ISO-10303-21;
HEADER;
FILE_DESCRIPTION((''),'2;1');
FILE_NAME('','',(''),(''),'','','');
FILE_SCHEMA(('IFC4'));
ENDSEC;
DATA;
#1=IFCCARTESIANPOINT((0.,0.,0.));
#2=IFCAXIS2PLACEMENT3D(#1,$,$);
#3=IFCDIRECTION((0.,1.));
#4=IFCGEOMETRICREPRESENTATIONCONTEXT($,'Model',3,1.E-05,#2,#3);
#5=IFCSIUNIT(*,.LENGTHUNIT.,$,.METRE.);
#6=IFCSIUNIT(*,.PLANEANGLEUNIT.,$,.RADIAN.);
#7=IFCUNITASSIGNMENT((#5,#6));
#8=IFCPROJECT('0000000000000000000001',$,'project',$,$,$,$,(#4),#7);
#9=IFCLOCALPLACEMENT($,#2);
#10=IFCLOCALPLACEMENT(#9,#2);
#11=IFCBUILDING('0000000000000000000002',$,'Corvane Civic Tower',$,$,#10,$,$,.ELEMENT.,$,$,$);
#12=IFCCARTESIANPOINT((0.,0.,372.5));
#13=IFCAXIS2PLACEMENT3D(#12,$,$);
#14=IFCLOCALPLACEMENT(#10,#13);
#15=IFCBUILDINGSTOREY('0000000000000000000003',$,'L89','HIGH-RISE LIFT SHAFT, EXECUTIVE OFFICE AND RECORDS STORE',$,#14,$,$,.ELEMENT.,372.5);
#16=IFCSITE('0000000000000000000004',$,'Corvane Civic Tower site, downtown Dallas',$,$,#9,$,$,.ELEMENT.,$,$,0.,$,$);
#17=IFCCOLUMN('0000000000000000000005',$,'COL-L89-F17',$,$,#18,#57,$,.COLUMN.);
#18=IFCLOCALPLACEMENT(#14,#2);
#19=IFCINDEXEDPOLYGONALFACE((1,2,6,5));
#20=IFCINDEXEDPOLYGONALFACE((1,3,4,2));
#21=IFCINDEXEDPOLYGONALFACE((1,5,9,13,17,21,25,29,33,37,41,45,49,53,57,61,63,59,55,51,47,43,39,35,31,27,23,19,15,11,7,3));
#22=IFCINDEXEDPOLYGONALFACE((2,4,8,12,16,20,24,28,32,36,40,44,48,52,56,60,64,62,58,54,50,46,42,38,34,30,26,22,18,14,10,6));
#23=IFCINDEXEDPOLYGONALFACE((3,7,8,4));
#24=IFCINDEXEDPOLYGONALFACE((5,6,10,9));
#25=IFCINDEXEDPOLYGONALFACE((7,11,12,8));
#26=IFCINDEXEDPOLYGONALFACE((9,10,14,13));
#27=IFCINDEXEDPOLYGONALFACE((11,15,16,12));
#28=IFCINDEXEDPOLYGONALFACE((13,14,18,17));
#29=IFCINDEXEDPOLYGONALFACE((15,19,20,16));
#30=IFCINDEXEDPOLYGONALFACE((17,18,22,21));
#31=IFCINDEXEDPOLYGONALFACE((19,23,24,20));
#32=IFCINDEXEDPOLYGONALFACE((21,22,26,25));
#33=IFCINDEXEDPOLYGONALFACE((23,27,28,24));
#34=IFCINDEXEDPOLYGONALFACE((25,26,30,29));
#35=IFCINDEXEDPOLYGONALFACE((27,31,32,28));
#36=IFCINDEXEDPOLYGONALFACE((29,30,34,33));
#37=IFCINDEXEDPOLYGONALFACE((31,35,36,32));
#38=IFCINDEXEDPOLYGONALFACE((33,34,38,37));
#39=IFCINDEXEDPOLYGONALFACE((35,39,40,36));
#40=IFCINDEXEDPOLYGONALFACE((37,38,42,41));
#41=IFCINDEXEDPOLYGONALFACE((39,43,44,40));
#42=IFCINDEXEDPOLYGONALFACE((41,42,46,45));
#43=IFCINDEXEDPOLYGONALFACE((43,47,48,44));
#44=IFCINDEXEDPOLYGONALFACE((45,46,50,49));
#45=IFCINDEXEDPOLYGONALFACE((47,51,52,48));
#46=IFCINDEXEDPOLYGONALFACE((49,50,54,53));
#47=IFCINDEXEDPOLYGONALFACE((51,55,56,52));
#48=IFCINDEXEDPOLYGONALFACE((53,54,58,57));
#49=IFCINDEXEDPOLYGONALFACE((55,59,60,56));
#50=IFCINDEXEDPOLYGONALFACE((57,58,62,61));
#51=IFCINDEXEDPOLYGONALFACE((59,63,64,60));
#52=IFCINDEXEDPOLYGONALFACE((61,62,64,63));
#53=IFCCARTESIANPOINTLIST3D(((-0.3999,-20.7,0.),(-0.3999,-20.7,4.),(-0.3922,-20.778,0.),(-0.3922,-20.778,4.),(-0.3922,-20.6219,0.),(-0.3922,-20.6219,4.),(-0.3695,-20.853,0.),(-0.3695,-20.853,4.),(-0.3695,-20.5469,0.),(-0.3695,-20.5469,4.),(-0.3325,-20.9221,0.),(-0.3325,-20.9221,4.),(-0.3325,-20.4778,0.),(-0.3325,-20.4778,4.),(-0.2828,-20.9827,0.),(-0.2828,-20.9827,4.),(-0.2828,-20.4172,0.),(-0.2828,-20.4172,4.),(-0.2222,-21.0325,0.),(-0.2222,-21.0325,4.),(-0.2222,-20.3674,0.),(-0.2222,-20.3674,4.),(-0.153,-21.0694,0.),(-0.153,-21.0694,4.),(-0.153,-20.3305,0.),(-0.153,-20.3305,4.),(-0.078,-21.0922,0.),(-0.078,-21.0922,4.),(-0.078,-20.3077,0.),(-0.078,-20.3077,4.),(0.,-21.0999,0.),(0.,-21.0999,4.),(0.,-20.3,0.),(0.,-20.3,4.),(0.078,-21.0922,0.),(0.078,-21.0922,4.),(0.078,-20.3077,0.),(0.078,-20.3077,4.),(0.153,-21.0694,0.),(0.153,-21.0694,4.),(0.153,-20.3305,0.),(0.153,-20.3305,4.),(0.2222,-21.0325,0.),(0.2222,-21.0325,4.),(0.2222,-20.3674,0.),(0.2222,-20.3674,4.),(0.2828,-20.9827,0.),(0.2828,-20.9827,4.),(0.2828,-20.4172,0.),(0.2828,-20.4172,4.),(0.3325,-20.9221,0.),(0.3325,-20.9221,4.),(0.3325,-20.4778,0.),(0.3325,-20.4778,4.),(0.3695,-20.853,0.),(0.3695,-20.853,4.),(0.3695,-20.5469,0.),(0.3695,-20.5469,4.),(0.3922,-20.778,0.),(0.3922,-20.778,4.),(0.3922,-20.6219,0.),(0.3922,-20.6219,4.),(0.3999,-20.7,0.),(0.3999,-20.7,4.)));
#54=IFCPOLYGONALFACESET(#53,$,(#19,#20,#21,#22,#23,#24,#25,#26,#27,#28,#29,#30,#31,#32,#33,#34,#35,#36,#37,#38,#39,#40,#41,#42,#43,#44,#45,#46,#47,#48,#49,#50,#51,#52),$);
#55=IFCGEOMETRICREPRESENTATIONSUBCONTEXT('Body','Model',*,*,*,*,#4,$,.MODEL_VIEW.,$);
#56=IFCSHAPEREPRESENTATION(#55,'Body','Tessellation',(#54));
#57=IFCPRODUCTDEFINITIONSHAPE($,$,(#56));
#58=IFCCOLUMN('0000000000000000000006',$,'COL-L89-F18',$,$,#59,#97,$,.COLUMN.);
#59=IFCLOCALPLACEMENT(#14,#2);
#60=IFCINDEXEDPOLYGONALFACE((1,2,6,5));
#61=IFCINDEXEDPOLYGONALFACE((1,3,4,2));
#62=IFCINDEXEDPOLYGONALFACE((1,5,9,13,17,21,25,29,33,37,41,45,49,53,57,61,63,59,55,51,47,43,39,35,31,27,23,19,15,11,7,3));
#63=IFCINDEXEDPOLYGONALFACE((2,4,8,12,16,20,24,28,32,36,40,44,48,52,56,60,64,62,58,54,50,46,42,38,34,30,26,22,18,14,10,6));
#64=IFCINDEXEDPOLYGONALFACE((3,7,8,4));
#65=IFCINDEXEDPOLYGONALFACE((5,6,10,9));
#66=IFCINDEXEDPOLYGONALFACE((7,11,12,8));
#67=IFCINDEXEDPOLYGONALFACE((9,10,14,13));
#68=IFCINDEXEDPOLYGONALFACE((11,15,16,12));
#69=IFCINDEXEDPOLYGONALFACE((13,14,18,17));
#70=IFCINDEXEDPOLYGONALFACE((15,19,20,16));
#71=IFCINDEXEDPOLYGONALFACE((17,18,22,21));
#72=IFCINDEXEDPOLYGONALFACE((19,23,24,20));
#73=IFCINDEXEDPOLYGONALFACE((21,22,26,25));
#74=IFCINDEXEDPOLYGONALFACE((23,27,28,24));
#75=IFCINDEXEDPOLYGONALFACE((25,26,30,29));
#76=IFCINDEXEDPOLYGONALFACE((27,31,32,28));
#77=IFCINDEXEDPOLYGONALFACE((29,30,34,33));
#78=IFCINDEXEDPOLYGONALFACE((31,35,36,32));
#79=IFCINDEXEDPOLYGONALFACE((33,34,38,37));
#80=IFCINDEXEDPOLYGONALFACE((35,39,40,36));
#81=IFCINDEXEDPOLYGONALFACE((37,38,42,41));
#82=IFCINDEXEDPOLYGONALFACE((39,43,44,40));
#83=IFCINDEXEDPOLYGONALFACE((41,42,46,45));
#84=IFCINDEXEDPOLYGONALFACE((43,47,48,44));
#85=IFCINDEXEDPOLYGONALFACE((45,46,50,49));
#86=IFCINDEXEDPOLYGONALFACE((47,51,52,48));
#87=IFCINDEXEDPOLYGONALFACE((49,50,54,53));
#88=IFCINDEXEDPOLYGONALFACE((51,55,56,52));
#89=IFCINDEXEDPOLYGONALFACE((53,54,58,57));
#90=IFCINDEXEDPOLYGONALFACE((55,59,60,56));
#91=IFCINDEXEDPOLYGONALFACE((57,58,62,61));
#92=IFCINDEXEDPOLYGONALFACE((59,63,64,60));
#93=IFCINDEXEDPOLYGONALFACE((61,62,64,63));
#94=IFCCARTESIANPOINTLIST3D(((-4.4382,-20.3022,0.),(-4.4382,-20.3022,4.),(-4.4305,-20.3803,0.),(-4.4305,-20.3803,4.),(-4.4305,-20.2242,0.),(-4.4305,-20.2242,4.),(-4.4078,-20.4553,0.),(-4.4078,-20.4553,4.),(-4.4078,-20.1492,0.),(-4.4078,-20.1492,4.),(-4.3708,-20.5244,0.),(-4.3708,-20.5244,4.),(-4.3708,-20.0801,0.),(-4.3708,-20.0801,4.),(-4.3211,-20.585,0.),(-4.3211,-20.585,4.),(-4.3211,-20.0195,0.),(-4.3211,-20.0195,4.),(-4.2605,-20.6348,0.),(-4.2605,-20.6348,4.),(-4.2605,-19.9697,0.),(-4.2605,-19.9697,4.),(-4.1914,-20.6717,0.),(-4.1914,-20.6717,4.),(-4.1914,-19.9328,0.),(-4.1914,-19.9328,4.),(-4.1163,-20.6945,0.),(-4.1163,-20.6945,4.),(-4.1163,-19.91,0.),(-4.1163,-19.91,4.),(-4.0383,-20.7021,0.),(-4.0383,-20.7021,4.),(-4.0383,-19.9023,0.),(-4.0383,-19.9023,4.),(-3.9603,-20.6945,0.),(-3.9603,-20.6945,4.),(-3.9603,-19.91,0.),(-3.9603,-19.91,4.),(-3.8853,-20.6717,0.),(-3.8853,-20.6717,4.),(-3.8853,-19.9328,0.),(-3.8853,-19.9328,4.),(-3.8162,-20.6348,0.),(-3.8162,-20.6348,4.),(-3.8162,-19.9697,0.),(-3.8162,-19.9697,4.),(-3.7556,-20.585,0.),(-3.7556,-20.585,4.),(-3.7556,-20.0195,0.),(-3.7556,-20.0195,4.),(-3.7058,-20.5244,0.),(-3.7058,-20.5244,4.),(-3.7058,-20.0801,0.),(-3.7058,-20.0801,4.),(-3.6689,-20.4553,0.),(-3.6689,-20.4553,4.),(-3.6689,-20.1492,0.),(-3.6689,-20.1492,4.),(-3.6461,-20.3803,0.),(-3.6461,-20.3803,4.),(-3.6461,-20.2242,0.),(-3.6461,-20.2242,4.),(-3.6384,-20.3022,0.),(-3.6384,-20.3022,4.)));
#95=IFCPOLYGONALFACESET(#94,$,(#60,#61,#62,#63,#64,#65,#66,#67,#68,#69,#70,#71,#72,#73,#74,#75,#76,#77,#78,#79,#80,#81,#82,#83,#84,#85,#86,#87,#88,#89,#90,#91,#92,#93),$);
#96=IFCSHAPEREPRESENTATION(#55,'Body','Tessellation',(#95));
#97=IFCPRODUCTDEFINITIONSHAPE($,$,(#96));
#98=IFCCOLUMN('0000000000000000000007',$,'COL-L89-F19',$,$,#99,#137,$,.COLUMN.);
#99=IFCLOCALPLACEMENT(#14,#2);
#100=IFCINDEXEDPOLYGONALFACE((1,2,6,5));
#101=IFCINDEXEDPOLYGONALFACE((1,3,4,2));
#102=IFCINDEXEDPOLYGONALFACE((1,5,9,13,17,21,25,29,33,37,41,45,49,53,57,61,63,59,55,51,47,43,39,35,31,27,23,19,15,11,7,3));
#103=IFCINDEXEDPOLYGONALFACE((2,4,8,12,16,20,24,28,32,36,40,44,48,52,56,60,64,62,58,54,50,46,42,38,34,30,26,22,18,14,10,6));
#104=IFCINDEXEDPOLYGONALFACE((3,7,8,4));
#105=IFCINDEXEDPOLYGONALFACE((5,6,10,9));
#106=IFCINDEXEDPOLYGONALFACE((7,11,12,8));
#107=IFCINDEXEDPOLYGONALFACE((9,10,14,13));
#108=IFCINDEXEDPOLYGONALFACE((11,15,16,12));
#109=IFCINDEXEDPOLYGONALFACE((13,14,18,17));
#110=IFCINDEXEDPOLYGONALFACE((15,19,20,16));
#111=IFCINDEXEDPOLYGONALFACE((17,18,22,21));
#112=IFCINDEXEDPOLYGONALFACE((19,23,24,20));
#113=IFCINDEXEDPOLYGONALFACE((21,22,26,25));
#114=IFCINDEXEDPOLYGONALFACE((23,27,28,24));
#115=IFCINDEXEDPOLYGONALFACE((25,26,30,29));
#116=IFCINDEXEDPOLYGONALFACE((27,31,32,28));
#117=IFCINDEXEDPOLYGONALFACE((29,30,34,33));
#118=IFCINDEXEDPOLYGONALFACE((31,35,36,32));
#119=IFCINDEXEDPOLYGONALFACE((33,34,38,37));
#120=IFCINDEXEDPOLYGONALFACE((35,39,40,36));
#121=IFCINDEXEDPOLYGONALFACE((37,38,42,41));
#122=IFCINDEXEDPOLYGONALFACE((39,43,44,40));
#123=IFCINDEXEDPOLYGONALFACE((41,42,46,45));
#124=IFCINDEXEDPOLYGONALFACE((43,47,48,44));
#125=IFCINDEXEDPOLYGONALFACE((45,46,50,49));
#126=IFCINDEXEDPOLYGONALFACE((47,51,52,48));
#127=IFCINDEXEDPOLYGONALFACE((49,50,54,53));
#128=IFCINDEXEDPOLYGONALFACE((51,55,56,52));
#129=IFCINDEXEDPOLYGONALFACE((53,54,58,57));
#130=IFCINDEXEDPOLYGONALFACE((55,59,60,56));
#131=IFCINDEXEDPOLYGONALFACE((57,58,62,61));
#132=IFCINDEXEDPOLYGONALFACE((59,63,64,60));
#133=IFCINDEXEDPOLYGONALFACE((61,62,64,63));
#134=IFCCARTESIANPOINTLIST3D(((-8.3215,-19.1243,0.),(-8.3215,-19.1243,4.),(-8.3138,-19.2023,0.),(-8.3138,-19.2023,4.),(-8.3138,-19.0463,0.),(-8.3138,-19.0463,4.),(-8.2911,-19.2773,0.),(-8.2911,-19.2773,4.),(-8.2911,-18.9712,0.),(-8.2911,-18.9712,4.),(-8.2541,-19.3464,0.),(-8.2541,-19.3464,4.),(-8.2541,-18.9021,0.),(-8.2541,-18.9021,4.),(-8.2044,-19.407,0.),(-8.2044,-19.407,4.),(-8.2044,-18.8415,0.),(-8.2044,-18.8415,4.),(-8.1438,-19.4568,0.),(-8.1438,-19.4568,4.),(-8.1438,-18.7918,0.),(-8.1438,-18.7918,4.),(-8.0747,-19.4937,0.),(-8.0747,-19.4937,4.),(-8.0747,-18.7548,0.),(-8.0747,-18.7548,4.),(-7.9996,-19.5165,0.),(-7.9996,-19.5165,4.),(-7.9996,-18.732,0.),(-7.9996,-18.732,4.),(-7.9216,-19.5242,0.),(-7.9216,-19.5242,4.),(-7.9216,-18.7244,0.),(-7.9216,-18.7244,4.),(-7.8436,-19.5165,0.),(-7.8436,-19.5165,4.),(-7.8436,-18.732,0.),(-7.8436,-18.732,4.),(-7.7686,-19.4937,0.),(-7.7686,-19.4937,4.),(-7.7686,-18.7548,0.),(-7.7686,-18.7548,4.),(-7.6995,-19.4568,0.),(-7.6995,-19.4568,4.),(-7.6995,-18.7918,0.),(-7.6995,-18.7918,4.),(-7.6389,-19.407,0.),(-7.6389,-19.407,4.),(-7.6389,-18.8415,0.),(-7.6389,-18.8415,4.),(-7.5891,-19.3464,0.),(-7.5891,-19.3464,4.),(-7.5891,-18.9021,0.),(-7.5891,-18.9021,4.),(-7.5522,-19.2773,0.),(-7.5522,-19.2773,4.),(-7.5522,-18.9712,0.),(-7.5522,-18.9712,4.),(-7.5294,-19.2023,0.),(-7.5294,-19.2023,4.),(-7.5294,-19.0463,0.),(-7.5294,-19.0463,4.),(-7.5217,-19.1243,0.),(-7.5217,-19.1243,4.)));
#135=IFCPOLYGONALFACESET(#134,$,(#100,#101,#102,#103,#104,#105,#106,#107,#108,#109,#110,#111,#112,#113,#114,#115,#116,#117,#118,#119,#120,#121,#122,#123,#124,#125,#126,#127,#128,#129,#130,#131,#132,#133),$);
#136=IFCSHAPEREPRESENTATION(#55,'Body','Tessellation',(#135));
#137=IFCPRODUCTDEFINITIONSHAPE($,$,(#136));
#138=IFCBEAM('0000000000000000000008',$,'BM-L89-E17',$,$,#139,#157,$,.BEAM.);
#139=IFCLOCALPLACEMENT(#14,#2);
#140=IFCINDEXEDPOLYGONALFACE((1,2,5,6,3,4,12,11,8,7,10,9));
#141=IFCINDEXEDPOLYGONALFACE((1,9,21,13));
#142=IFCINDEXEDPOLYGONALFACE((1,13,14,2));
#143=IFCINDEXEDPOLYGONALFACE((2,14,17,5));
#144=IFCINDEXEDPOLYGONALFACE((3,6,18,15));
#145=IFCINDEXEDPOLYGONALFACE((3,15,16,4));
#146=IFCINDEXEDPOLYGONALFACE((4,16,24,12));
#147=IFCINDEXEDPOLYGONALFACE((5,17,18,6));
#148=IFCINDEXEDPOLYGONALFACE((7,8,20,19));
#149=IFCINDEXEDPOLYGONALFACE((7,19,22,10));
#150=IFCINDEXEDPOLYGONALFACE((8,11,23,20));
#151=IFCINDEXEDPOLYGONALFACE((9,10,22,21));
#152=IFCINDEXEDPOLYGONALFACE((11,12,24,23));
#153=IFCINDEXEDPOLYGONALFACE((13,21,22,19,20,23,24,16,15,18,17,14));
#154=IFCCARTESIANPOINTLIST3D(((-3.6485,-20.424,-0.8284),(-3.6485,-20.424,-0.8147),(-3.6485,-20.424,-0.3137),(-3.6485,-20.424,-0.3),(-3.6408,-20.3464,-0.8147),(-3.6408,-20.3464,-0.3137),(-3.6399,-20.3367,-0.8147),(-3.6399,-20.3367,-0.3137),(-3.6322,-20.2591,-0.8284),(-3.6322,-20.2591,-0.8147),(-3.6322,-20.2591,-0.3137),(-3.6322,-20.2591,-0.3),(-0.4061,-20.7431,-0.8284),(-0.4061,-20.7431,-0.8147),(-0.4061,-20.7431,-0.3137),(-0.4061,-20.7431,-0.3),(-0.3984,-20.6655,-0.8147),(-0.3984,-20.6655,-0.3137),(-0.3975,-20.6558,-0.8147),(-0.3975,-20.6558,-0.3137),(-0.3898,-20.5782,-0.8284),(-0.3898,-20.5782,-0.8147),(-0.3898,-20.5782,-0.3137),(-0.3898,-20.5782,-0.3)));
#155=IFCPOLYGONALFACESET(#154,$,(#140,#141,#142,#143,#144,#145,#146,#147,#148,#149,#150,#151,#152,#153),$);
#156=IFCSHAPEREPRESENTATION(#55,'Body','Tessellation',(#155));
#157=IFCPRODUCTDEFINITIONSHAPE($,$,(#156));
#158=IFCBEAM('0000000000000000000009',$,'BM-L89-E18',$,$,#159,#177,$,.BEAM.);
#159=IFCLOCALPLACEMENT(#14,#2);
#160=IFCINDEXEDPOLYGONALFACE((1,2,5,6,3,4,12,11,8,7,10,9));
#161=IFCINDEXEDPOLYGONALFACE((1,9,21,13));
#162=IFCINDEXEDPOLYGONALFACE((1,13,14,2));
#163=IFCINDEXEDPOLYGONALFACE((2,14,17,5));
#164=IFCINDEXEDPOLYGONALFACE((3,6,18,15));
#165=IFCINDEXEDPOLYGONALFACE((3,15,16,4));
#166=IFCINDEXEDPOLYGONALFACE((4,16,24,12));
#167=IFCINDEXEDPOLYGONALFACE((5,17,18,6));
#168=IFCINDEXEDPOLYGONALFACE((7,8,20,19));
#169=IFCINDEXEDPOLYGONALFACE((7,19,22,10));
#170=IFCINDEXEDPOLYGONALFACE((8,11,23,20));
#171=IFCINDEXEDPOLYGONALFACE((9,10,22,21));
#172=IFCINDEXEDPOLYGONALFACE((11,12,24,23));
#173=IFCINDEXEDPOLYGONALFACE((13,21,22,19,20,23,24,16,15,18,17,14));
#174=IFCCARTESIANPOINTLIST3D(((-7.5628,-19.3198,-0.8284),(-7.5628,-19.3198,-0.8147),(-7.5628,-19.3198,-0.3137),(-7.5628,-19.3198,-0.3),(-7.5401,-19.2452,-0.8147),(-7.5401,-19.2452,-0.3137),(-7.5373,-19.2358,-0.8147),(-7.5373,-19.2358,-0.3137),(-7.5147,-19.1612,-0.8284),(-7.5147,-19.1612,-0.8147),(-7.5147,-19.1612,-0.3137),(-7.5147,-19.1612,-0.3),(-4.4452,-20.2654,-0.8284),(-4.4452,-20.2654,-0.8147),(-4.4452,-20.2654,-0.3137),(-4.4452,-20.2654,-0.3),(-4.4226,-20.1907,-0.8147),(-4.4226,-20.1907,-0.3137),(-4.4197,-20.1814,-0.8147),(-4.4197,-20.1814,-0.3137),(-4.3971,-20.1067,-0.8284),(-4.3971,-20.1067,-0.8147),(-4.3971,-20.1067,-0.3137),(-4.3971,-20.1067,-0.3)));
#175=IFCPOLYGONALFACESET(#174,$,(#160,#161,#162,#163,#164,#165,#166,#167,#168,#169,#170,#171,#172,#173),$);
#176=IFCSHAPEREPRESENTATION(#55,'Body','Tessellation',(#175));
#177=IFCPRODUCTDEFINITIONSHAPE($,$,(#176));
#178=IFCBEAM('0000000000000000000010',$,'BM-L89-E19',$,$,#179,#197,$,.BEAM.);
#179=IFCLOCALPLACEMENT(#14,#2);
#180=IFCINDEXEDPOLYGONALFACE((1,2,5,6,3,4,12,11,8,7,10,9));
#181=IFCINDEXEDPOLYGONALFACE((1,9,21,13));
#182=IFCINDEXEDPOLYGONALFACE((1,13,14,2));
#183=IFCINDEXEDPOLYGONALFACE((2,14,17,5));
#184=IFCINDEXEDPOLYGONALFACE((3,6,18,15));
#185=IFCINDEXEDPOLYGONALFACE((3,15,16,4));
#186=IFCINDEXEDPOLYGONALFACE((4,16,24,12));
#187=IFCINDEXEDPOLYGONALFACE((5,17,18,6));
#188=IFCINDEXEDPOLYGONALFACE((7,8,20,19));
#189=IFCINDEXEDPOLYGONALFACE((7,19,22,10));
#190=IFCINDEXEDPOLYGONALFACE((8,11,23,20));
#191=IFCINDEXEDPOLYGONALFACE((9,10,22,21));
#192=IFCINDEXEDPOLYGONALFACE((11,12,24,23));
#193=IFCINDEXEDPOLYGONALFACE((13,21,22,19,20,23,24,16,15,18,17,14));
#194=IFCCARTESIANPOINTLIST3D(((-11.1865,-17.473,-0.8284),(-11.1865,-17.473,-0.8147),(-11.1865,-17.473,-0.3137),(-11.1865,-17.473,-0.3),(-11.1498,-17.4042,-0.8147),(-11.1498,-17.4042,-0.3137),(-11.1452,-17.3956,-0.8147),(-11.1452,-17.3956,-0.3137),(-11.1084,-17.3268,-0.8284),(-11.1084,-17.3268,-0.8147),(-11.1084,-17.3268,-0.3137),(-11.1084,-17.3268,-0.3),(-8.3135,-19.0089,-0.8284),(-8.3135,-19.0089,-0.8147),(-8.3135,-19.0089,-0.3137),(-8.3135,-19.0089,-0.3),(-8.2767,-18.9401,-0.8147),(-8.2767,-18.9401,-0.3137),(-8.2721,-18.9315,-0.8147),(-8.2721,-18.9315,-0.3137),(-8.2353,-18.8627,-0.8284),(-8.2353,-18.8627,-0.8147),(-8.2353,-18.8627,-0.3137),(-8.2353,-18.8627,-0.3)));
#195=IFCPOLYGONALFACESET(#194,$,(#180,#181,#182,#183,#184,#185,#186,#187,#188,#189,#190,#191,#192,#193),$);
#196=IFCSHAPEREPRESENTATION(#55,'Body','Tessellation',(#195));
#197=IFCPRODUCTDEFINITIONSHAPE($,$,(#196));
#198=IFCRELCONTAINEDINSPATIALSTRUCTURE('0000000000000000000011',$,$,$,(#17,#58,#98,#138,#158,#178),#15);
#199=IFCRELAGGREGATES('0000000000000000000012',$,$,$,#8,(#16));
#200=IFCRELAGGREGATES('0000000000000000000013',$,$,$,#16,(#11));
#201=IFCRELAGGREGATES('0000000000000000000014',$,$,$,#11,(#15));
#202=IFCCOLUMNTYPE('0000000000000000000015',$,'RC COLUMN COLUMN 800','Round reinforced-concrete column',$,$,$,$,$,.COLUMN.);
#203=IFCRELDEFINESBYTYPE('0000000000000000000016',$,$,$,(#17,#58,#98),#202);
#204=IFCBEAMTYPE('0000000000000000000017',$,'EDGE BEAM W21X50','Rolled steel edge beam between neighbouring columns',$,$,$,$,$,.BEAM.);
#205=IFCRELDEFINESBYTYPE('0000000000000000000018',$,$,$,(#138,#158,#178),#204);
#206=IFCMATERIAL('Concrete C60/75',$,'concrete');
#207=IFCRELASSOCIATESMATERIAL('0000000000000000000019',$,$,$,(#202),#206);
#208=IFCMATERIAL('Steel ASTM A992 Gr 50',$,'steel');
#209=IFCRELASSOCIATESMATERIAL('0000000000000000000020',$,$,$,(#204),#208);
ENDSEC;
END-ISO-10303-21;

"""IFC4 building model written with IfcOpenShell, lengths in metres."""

from ifc_helpers import new_model, si_unit, direction, frame, origin, origin_2d, place, context, subcontext, project, spatial, circle, i_section, extrude, material, material_profile, profile_set, type_object, element, save


model = new_model("IFC4")

# Units and contexts
model_context = context("Model", 3, precision=1e-05, world=origin(), true_north=direction((0.0, 1.0)))
body_context = subcontext(model_context, "Body", "Model", "MODEL_VIEW")
ifc_project = project(units=[si_unit("LENGTHUNIT", "METRE"), si_unit("PLANEANGLEUNIT", "RADIAN")], contexts=[model_context])

# Site, building, storey
site_placement = place(None, origin())
site = spatial("IfcSite", under=ifc_project, at=site_placement, Name="Corvane Civic Tower site, downtown Dallas", CompositionType="ELEMENT", RefElevation=0.0)
building_placement = place(site_placement, origin())
building = spatial("IfcBuilding", under=site, at=building_placement, Name="Corvane Civic Tower", CompositionType="ELEMENT")
storey_placement = place(building_placement, frame((0.0, 0.0, 372.5)))
storey = spatial("IfcBuildingStorey", under=building, at=storey_placement, Name="L89", Description="HIGH-RISE LIFT SHAFT, EXECUTIVE OFFICE AND RECORDS STORE", CompositionType="ELEMENT", Elevation=372.5)

# Columns
ifc_material_1 = material(Name="Concrete C60/75", Category="concrete")
ifc_material_profile_1 = material_profile(ifc_material_1, circle(Radius=0.3999, at=origin_2d()), Name="COLUMN 800")
ifc_profile_set_1 = profile_set([ifc_material_profile_1], Name="Concrete C60/75")
column_type = type_object("IfcColumnType", Name="RC COLUMN COLUMN 800", Description="Round reinforced-concrete column", PredefinedType="COLUMN", material=ifc_profile_set_1)
for number, where, z_axis, x_axis, name in (
    (1, (0.0, -20.7, 0.0), (0.0, 0.0, 1.0), (1.0, 0.0, 0.0), "COL-L89-F17"),
    (2, (-4.0383, -20.3022, 0.0), (0.0, 0.0, 1.0), (1.0, 0.0, 0.0), "COL-L89-F18"),
    (3, (-7.9216, -19.1243, 0.0), (0.0, 0.0, 1.0), (1.0, 0.0, 0.0), "COL-L89-F19"),
):
    element("IfcColumn", number, at=place(storey_placement, frame(where, z_axis=z_axis, x_axis=x_axis)), inside=storey, type_object=column_type, Name=name, PredefinedType="COLUMN", context=body_context, shape_type="SweptSolid", body=[
        extrude(circle(Radius=0.3999, at=origin_2d()), origin(), (0.0, 0.0, 1.0), 4.0),
    ])

# Beams
ifc_material_2 = material(Name="Steel ASTM A992 Gr 50", Category="steel")
ifc_material_profile_2 = material_profile(ifc_material_2, i_section(OverallWidth=0.1658, OverallDepth=0.5283, WebThickness=0.0098, FlangeThickness=0.0137, at=origin_2d()), Name="W21X50")
ifc_profile_set_2 = profile_set([ifc_material_profile_2], Name="Steel ASTM A992 Gr 50")
beam_type_1 = type_object("IfcBeamType", Name="EDGE BEAM W21X50", Description="Rolled steel edge beam between neighbouring columns", PredefinedType="BEAM", material=ifc_profile_set_2)
beam_1_placement = place(storey_placement, frame((-0.3979, -20.6606, -0.5642), z_axis=(-0.995193, 0.097938, 0.0), x_axis=(-0.097938, -0.995193, 0.0)))
element("IfcBeam", 4, at=beam_1_placement, inside=storey, type_object=beam_type_1, Name="BM-L89-E17", PredefinedType="BEAM", context=body_context, shape_type="SweptSolid", body=[
    extrude(i_section(OverallWidth=0.1658, OverallDepth=0.5283, WebThickness=0.0098, FlangeThickness=0.0137, at=origin_2d()), origin(), (0.0, 0.0, 1.0), 3.2581),
])
for number, where, z_axis, x_axis, name in (
    (5, (-4.4211, -20.186, -0.5642), (-0.956956, 0.290234, 0.0), (-0.290234, -0.956956, 0.0), "BM-L89-E18"),
    (6, (-8.2744, -18.9358, -0.5642), (-0.881894, 0.471448, 0.0), (-0.471448, -0.881894, 0.0), "BM-L89-E19"),
):
    element("IfcBeam", number, at=place(storey_placement, frame(where, z_axis=z_axis, x_axis=x_axis)), inside=storey, type_object=beam_type_1, Name=name, PredefinedType="BEAM", context=body_context, shape_type="SweptSolid", body=[
        extrude(i_section(OverallWidth=0.1658, OverallDepth=0.5283, WebThickness=0.0098, FlangeThickness=0.0137, at=origin_2d()), origin(), (0.0, 0.0, 1.0), 3.2578),
    ])

save(model, "model.ifc")
